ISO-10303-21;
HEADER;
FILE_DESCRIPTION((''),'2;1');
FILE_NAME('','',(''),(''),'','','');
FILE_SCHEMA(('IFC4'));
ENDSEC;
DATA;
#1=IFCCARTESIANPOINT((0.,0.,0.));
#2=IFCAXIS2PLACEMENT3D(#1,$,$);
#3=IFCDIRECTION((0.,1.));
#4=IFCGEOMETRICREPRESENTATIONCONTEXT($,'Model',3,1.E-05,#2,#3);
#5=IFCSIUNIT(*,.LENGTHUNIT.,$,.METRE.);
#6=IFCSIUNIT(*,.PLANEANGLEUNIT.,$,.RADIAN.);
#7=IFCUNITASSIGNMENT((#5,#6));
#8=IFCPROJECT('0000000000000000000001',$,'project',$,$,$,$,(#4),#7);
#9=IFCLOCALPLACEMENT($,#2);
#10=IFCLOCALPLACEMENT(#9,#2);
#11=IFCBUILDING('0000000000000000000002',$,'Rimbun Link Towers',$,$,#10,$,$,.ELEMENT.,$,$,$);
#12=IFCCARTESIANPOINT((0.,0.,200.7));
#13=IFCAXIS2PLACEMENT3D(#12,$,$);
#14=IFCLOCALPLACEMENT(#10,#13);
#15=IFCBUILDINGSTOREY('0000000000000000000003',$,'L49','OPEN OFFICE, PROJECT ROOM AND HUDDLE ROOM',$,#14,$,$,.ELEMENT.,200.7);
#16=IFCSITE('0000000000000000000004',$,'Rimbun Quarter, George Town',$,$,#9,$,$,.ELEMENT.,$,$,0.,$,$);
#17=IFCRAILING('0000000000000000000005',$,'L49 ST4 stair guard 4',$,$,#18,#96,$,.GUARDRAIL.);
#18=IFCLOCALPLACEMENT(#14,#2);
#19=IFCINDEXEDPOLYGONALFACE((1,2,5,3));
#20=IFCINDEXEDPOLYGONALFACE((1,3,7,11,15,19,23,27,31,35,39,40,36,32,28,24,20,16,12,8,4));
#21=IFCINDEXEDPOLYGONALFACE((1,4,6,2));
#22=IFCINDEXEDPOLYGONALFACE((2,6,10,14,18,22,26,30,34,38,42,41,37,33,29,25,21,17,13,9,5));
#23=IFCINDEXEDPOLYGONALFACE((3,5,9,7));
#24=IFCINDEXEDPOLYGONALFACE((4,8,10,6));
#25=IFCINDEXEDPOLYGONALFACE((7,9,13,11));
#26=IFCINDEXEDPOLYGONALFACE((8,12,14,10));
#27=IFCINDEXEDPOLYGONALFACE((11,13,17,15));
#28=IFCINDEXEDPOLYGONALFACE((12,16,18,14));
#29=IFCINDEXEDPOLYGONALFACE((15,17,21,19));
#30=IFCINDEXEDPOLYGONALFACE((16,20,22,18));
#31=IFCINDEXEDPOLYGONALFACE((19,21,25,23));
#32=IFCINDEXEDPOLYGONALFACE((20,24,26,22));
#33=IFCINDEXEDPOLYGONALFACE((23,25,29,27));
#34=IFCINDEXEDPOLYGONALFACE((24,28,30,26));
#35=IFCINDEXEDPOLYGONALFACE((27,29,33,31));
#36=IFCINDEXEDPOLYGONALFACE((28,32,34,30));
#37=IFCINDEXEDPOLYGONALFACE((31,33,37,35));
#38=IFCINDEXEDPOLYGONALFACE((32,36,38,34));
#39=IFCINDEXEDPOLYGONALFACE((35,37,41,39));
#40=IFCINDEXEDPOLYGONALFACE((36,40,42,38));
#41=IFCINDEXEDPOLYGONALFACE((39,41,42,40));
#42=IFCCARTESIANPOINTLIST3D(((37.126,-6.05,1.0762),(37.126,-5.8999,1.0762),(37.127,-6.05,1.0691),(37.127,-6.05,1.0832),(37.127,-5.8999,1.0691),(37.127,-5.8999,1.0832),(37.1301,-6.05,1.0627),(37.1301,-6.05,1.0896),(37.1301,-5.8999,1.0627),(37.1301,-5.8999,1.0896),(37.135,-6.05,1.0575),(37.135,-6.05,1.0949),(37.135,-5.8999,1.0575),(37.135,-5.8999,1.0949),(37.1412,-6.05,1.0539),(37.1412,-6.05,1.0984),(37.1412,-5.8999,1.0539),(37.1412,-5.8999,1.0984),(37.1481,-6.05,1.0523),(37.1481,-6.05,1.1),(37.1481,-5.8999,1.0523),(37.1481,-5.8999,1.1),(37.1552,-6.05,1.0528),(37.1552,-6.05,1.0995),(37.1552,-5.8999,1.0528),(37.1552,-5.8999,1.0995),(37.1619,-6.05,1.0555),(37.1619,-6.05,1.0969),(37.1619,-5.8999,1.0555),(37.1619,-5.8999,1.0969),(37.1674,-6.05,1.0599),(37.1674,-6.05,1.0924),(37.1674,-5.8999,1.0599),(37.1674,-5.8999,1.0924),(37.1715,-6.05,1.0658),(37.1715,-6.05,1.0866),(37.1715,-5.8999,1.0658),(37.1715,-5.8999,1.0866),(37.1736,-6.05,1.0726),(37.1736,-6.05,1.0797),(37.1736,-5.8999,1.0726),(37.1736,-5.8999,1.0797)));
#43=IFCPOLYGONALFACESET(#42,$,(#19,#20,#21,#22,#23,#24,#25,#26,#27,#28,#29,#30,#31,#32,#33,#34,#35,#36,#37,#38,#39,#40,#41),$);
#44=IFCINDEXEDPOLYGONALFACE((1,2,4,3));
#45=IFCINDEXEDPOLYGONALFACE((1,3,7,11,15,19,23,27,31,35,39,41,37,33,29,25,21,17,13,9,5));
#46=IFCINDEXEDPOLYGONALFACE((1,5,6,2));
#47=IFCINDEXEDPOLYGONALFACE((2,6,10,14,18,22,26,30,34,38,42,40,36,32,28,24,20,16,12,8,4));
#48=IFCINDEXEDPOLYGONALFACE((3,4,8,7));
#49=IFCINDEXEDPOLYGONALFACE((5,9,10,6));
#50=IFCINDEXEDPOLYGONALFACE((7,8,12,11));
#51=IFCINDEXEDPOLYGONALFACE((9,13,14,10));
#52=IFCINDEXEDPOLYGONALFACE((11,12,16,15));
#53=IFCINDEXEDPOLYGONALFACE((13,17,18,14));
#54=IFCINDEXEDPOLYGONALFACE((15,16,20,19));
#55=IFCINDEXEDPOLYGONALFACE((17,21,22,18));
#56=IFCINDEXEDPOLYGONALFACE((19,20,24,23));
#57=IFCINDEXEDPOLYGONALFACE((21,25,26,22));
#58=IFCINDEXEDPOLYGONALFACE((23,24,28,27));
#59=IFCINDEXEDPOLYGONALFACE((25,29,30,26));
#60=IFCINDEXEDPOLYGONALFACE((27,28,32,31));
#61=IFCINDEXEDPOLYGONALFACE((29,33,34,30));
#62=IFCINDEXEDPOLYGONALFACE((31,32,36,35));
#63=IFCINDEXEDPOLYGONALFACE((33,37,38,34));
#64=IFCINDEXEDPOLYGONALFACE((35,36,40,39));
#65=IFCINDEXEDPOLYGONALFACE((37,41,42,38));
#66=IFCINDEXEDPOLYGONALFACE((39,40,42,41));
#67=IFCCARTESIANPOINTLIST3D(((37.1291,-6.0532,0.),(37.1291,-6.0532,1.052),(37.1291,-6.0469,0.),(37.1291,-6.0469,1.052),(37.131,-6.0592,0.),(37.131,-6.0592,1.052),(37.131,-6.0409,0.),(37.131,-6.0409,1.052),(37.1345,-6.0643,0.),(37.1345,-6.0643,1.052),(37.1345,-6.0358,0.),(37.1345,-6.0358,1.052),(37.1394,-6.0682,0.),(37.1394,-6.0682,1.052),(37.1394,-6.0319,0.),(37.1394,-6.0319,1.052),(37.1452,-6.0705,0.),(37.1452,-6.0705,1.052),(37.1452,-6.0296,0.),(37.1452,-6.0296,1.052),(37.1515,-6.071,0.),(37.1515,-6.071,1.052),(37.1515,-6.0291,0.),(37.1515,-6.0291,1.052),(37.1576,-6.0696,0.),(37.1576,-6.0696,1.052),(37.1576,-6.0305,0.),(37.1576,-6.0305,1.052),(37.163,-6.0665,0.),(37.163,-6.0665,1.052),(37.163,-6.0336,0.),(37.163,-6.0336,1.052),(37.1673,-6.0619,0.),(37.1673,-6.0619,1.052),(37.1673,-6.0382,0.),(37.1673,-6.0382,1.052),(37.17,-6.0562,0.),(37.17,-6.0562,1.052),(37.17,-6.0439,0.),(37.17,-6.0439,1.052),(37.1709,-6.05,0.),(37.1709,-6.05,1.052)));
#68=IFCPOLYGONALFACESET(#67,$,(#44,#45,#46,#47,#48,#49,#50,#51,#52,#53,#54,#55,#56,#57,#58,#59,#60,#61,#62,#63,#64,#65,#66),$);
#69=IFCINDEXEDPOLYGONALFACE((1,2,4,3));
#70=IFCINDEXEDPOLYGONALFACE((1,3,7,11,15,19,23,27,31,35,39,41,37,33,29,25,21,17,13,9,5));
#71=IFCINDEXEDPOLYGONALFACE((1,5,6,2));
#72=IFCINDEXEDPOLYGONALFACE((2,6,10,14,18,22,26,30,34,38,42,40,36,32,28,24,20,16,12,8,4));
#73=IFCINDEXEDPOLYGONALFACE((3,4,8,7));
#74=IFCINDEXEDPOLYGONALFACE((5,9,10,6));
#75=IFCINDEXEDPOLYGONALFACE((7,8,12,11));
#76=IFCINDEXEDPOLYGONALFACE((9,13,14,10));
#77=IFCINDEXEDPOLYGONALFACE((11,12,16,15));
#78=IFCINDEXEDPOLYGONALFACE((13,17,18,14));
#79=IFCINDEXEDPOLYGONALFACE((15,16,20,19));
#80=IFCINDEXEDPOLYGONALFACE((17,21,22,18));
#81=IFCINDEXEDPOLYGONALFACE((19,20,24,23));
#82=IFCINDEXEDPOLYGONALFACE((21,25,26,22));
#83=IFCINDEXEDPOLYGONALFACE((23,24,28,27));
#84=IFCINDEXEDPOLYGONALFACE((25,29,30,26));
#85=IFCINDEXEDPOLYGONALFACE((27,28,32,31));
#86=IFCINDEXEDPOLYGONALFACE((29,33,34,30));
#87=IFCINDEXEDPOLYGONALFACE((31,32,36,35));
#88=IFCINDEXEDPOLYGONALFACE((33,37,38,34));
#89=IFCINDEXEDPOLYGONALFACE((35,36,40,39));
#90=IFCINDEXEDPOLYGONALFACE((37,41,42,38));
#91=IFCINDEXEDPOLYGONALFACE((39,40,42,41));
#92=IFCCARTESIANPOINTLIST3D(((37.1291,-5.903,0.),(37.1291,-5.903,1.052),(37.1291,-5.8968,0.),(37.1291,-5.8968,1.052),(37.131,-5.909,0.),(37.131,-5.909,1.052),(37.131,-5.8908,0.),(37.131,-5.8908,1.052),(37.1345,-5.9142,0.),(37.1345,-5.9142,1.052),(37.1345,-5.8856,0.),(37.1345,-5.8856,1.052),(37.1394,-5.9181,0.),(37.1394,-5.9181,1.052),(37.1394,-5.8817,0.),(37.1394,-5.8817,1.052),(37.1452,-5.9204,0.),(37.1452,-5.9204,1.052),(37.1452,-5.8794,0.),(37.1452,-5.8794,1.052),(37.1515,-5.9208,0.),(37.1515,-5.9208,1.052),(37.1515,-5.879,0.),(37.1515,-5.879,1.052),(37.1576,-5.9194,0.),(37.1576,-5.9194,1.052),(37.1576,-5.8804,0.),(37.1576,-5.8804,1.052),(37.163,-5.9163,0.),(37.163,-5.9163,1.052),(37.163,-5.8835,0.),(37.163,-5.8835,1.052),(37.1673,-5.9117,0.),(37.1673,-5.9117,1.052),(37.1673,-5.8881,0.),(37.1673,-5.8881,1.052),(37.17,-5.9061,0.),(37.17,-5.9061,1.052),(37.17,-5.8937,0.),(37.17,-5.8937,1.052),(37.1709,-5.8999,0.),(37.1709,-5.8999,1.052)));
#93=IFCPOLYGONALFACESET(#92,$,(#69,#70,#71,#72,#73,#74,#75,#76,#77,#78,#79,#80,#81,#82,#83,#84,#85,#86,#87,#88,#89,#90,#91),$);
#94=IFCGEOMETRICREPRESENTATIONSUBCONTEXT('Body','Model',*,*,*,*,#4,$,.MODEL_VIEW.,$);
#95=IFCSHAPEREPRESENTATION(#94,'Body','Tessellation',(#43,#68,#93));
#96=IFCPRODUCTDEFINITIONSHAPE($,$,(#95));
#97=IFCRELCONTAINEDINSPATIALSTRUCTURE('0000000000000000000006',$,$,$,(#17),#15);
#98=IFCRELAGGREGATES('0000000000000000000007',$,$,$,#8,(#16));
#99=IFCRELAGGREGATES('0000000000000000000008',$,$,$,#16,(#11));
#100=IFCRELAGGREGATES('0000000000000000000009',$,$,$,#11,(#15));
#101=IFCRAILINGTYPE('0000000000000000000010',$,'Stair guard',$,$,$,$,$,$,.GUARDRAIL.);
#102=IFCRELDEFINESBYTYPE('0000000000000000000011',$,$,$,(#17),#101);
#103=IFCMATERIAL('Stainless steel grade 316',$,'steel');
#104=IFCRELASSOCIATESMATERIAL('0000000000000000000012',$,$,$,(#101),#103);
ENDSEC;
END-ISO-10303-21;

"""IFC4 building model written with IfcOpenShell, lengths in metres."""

from ifc_helpers import new_model, si_unit, direction, frame, origin, origin_2d, place, context, subcontext, project, spatial, circle, extrude, material, type_object, element, save


model = new_model("IFC4")

# Units and contexts
model_context = context("Model", 3, precision=1e-05, world=origin(), true_north=direction((0.0, 1.0)))
body_context = subcontext(model_context, "Body", "Model", "MODEL_VIEW")
ifc_project = project(units=[si_unit("LENGTHUNIT", "METRE"), si_unit("PLANEANGLEUNIT", "RADIAN")], contexts=[model_context])

# Site, building, storey
site_placement = place(None, origin())
site = spatial("IfcSite", under=ifc_project, at=site_placement, Name="Rimbun Quarter, George Town", CompositionType="ELEMENT", RefElevation=0.0)
building_placement = place(site_placement, origin())
building = spatial("IfcBuilding", under=site, at=building_placement, Name="Rimbun Link Towers", CompositionType="ELEMENT")
storey_placement = place(building_placement, frame((0.0, 0.0, 200.7)))
storey = spatial("IfcBuildingStorey", under=building, at=storey_placement, Name="L49", Description="OPEN OFFICE, PROJECT ROOM AND HUDDLE ROOM", CompositionType="ELEMENT", Elevation=200.7)

# Railing
ifc_material_1 = material(Name="Stainless steel grade 316", Category="steel")
railing_type_1 = type_object("IfcRailingType", Name="Stair guard", PredefinedType="GUARDRAIL", material=ifc_material_1)
railing_1_placement = place(storey_placement, frame((37.1499, -6.05, 0.0)))
element("IfcRailing", 1, at=railing_1_placement, inside=storey, type_object=railing_type_1, Name="L49 ST4 stair guard 4", PredefinedType="GUARDRAIL", context=body_context, shape_type="SweptSolid", body=[
    extrude(circle(Radius=0.0239, at=origin_2d()), frame((0.0, 0.0, 1.0762), z_axis=(0.0, 1.0, 0.0), x_axis=(-1.0, 0.0, 0.0)), (0.0, 0.0, 1.0), 0.1501),
    extrude(circle(Radius=0.021, at=origin_2d()), origin(), (0.0, 0.0, 1.0), 1.052),
    extrude(circle(Radius=0.021, at=origin_2d()), frame((0.0, 0.1501, 0.0)), (0.0, 0.0, 1.0), 1.052),
])

save(model, "model.ifc")
